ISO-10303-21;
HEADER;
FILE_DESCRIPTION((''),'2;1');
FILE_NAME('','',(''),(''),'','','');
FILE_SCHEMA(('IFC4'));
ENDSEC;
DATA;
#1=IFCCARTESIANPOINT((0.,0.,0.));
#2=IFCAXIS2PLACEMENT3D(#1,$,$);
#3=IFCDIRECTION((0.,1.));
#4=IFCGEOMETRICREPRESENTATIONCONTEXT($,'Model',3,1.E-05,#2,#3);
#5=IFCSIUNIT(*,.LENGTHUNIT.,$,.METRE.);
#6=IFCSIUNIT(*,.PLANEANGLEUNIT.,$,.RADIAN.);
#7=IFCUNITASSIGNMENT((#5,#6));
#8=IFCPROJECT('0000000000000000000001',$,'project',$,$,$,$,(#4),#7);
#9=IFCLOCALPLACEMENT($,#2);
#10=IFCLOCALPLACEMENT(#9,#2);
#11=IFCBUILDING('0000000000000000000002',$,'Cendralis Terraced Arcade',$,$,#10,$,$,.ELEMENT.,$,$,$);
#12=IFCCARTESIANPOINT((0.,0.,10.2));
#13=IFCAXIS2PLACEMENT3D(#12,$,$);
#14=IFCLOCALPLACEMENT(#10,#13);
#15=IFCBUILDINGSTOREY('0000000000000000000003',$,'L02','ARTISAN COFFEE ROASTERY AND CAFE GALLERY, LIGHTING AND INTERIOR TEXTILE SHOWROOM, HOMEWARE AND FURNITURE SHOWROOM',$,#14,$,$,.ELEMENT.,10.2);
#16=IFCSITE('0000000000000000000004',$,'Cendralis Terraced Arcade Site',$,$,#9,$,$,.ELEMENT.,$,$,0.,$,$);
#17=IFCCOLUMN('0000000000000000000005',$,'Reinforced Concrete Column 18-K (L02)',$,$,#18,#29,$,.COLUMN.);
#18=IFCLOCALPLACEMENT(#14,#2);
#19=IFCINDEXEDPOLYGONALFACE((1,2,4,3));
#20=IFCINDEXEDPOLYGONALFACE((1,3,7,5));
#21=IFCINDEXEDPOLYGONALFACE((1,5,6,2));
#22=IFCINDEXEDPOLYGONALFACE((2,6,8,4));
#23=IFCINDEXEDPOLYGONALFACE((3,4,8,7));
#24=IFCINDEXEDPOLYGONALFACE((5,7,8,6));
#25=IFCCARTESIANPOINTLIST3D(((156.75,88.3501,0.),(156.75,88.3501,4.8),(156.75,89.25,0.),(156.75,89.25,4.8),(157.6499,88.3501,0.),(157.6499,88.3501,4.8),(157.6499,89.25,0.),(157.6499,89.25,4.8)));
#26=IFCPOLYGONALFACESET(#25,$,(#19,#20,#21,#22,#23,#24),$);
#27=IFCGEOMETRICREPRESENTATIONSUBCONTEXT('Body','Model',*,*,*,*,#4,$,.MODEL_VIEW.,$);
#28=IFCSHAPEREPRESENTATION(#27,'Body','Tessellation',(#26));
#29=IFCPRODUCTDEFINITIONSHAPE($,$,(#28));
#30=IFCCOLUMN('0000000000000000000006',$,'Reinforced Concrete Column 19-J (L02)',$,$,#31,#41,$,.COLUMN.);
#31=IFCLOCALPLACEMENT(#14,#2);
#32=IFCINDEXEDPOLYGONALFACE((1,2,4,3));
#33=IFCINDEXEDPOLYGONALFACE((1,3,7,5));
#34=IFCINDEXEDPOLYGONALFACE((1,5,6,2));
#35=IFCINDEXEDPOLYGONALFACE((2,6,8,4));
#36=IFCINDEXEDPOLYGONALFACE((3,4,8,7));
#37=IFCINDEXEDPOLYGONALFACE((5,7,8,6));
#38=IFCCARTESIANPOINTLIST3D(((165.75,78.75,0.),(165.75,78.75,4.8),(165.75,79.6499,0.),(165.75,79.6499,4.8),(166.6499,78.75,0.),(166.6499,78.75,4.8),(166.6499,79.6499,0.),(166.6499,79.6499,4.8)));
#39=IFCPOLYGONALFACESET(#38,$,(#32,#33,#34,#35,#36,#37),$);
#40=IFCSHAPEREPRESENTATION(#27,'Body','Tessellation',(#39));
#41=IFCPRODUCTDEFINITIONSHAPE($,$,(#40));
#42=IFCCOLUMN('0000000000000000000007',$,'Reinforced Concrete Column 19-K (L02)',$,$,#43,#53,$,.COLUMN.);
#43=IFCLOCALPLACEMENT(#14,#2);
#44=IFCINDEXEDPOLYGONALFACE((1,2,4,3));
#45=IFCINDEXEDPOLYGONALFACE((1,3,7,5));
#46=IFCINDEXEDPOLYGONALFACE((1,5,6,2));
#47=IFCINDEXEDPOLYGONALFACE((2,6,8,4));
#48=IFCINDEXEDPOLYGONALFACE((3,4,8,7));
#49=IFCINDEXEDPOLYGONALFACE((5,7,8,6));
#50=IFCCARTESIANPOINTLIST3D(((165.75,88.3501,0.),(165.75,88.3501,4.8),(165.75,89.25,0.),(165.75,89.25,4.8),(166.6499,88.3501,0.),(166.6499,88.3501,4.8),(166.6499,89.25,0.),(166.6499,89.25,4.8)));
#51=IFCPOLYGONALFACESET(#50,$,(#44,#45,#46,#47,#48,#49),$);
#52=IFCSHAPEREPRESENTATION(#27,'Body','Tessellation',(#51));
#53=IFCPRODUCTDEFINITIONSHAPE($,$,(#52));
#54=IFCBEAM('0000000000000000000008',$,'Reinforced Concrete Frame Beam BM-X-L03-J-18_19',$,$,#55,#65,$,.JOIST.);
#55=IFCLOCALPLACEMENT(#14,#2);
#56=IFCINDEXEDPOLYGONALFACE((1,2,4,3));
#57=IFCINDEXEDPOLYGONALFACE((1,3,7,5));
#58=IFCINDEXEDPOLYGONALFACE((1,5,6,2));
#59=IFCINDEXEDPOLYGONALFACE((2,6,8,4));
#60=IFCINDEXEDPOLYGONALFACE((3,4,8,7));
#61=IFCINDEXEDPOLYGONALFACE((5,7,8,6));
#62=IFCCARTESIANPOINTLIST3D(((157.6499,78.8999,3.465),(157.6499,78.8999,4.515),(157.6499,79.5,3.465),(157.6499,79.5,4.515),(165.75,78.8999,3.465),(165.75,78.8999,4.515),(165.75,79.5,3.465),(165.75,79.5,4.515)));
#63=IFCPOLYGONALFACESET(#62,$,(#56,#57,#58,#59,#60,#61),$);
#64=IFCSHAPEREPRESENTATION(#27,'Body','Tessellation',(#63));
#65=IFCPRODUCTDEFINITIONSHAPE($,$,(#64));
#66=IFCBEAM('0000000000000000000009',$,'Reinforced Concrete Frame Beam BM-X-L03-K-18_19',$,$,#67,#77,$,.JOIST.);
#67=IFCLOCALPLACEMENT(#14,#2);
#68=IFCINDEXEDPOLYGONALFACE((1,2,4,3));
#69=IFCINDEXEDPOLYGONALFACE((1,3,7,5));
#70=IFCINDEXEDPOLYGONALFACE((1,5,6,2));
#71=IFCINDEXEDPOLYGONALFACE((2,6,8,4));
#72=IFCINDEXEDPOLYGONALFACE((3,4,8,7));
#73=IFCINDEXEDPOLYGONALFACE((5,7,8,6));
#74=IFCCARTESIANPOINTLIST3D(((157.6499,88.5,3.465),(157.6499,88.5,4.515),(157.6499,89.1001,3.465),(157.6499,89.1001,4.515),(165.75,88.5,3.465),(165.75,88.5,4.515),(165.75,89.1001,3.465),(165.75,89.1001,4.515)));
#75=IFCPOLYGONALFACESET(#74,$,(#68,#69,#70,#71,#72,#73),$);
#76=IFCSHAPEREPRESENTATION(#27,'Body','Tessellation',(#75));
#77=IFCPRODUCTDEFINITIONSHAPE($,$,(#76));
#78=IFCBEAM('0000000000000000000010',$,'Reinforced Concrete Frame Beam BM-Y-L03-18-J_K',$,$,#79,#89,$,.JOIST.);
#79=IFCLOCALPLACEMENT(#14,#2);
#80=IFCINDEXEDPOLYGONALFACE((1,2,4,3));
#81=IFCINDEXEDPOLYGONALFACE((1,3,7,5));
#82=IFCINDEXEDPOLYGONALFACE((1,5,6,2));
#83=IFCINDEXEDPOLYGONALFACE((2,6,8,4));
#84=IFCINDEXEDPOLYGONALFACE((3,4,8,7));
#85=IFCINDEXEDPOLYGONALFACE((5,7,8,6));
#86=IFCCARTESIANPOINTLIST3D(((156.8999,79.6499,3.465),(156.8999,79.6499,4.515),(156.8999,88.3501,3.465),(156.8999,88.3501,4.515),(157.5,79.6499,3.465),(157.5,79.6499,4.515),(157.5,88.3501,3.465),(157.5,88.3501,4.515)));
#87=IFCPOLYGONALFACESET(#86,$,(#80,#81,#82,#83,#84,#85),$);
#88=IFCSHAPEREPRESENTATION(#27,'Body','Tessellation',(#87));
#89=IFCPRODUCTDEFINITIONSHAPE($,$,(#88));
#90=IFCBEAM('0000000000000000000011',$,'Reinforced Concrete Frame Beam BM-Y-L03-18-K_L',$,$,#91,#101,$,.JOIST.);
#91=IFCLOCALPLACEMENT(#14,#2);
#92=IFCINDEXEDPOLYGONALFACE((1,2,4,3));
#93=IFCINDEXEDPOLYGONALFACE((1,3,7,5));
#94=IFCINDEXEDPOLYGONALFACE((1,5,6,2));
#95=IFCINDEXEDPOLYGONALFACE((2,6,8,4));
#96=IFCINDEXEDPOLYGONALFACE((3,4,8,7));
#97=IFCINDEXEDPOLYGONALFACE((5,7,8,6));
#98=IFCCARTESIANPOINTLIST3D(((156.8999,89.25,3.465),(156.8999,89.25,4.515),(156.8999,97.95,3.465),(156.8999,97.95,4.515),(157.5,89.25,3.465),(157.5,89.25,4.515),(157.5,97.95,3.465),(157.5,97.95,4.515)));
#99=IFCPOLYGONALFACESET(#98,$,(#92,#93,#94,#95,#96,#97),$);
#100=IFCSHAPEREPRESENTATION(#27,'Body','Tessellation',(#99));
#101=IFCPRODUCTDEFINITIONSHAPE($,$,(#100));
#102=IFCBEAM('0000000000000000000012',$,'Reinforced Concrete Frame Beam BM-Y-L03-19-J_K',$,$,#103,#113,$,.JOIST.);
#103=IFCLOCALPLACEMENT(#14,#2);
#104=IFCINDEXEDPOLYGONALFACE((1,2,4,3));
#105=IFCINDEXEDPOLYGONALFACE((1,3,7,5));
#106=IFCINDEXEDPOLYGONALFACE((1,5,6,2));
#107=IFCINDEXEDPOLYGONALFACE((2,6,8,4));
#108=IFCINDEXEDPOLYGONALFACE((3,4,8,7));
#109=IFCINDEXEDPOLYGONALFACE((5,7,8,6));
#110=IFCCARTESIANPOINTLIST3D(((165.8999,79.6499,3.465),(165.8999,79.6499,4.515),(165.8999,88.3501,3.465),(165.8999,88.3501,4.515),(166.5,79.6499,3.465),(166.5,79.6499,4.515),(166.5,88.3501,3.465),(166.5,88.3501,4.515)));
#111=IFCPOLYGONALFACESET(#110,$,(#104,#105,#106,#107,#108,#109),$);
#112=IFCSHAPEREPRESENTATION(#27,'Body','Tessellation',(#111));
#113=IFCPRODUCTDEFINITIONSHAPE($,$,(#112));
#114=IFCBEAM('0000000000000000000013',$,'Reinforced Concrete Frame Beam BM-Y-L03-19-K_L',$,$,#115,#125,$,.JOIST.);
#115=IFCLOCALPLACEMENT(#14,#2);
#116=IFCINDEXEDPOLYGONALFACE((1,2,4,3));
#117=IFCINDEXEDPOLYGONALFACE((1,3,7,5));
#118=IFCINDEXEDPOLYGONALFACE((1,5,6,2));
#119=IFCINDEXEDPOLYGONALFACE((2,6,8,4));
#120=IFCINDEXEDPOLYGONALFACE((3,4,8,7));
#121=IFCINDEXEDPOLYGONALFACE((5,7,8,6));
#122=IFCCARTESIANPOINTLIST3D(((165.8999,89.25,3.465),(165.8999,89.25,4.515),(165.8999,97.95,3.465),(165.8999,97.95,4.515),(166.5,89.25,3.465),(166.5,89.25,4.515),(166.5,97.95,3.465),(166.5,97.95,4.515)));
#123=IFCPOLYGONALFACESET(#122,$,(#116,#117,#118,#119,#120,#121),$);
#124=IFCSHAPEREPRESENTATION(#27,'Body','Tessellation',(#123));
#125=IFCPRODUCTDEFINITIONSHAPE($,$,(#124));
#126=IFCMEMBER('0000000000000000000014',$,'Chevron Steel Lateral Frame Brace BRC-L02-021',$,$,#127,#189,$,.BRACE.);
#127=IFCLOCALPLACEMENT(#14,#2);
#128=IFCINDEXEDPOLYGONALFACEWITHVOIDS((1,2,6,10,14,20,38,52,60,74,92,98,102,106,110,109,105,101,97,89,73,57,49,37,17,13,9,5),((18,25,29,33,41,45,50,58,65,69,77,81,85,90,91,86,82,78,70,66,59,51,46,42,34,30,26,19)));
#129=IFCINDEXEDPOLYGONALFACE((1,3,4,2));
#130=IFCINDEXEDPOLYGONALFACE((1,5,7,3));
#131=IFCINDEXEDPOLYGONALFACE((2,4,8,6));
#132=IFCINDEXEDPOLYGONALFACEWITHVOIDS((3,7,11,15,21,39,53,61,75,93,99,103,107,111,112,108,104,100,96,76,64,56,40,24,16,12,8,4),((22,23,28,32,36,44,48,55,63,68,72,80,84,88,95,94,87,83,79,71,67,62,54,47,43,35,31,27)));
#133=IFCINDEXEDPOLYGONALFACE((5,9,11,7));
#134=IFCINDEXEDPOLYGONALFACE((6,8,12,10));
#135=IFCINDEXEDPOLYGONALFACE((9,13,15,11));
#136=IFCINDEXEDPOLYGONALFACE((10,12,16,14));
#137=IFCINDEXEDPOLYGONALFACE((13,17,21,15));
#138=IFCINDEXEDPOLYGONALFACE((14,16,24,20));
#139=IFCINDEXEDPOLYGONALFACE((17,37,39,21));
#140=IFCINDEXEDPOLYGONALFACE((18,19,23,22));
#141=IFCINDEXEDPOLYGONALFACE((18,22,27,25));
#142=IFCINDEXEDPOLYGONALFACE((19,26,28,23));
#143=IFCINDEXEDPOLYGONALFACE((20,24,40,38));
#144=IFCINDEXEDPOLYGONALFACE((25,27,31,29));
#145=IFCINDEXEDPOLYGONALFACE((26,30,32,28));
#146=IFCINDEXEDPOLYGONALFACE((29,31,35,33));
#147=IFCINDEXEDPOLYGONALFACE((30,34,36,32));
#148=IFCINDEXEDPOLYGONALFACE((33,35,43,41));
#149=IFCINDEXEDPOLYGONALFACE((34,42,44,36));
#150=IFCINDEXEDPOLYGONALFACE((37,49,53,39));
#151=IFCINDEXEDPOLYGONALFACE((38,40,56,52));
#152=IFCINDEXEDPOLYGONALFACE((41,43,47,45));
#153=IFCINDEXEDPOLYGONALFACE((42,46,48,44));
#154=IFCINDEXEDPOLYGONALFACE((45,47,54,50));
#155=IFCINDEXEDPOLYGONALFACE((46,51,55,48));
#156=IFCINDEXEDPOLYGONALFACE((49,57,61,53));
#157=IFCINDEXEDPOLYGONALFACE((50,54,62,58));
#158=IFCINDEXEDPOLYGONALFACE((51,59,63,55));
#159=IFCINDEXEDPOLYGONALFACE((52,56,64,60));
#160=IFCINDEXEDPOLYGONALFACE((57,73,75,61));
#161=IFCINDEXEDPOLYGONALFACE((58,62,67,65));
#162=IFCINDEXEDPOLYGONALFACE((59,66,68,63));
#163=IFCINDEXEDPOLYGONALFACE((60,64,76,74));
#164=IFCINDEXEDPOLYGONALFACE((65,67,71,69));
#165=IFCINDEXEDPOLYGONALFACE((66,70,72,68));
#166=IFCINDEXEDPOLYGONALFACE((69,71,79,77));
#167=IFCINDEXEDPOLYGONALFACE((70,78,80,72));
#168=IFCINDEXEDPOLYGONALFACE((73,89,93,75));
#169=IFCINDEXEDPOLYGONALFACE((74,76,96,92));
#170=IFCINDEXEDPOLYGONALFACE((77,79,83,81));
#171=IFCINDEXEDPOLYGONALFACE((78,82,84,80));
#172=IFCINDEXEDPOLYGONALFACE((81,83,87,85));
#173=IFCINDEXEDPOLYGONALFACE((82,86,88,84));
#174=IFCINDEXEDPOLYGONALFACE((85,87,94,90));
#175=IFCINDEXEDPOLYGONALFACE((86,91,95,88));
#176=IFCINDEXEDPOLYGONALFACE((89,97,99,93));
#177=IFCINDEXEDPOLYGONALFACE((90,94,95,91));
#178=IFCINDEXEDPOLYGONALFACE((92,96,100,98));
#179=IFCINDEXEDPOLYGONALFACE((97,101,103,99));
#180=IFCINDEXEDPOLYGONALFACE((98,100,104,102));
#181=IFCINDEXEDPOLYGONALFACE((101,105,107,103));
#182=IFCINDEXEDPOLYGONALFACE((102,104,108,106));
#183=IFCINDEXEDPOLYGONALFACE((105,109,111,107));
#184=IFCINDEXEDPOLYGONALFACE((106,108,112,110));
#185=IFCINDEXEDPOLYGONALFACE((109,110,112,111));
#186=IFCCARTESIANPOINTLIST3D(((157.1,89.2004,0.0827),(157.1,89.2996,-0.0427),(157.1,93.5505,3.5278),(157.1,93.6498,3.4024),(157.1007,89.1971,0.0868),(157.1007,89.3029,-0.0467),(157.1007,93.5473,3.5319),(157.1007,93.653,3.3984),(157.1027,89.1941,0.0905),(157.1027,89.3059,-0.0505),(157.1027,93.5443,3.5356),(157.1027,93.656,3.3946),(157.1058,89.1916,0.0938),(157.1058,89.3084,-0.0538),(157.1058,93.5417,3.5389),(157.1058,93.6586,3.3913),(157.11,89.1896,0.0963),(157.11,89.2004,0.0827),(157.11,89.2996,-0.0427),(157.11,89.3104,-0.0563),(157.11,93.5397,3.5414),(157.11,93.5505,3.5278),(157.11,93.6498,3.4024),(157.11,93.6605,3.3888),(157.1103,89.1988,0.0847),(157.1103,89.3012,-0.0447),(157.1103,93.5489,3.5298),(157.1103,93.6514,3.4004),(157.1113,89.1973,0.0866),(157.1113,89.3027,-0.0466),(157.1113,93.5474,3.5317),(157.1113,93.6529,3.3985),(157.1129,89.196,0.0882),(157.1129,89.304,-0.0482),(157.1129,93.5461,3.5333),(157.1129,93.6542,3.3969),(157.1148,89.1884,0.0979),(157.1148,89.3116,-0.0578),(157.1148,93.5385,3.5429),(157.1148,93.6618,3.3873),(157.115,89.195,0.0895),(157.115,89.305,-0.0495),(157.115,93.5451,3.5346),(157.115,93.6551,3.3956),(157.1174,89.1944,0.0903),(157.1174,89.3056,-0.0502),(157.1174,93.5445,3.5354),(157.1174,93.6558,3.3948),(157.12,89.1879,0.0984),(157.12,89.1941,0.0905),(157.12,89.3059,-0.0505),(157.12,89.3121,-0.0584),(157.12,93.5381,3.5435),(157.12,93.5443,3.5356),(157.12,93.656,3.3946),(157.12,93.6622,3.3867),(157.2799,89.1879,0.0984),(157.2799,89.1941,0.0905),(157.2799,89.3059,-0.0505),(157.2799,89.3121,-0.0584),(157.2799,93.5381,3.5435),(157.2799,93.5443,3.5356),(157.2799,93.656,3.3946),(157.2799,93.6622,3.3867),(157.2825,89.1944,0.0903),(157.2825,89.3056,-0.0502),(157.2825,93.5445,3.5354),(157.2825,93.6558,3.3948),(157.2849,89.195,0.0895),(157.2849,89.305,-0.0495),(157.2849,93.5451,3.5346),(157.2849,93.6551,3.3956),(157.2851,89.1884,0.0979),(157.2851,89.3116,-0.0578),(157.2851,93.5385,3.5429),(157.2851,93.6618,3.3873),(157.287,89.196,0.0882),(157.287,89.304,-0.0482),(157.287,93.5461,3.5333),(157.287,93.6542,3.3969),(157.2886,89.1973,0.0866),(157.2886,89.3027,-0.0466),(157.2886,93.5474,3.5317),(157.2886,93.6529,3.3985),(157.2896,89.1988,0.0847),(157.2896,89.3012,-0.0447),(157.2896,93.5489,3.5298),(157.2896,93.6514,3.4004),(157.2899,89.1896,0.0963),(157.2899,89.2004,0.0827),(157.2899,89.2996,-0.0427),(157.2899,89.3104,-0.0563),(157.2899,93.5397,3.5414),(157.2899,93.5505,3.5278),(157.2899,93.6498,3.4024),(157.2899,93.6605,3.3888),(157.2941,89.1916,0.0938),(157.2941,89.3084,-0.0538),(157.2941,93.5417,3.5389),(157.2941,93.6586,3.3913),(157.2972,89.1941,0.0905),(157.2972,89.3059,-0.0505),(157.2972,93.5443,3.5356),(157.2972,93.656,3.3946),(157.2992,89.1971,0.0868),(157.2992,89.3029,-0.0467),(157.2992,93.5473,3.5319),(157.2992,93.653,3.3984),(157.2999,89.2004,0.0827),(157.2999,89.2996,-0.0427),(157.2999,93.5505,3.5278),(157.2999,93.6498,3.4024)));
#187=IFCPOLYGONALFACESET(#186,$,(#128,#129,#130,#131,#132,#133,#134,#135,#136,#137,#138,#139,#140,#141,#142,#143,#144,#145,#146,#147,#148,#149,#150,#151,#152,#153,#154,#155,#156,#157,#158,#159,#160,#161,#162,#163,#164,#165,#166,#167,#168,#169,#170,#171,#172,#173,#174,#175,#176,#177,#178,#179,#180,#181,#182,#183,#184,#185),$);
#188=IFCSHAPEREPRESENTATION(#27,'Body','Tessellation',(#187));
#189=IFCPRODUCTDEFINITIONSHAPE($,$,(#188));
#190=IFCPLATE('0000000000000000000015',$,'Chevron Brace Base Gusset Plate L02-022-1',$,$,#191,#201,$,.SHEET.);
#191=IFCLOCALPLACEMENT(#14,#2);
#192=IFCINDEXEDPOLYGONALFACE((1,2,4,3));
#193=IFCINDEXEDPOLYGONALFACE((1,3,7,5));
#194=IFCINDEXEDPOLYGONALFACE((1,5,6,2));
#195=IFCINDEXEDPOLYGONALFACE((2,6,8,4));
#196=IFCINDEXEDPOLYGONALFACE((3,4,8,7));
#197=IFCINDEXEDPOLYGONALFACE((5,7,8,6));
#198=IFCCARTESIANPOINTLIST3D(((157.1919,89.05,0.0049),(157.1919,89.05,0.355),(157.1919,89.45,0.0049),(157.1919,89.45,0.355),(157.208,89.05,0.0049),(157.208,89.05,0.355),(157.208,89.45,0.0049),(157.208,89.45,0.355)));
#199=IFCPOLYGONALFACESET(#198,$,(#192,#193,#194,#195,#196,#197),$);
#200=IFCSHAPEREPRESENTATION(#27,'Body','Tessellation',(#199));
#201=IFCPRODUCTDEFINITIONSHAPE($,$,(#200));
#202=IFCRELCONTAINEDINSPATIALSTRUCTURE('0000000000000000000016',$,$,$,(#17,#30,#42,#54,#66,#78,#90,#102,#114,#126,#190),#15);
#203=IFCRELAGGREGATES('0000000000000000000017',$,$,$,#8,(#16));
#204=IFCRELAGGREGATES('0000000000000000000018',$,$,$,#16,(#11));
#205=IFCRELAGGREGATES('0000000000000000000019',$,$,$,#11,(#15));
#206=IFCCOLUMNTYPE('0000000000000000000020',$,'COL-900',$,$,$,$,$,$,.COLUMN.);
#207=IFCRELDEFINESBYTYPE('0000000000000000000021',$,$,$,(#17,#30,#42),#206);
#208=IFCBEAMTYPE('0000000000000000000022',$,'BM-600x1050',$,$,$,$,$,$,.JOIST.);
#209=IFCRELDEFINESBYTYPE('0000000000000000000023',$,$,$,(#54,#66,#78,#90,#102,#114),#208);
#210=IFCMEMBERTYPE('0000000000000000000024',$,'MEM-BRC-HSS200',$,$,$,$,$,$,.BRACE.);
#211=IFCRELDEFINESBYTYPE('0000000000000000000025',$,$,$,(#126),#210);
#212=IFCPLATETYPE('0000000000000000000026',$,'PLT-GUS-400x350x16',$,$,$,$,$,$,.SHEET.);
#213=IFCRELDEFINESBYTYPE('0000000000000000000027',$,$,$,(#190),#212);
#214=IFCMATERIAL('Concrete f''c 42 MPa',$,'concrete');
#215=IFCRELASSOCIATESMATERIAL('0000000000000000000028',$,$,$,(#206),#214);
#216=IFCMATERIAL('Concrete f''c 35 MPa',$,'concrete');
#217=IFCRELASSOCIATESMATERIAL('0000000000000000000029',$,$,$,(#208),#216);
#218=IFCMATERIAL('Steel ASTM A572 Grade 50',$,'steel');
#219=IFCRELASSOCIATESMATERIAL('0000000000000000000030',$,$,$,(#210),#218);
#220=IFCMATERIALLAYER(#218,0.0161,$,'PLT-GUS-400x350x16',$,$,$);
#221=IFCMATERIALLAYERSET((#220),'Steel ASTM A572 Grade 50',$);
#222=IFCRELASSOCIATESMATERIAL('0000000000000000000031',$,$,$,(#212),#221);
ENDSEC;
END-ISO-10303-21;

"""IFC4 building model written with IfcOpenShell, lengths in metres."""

from ifc_helpers import new_model, si_unit, direction, frame, origin, origin_2d, place, context, subcontext, project, spatial, rectangle, hollow_rectangle, extrude, material, layer, layer_set, material_profile, profile_set, type_object, element, save


model = new_model("IFC4")

# Units and contexts
model_context = context("Model", 3, precision=1e-05, world=origin(), true_north=direction((0.0, 1.0)))
body_context = subcontext(model_context, "Body", "Model", "MODEL_VIEW")
ifc_project = project(units=[si_unit("LENGTHUNIT", "METRE"), si_unit("PLANEANGLEUNIT", "RADIAN")], contexts=[model_context])

# Site, building, storey
site_placement = place(None, origin())
site = spatial("IfcSite", under=ifc_project, at=site_placement, Name="Cendralis Terraced Arcade Site", CompositionType="ELEMENT", RefElevation=0.0)
building_placement = place(site_placement, origin())
building = spatial("IfcBuilding", under=site, at=building_placement, Name="Cendralis Terraced Arcade", CompositionType="ELEMENT")
storey_placement = place(building_placement, frame((0.0, 0.0, 10.2)))
storey = spatial("IfcBuildingStorey", under=building, at=storey_placement, Name="L02", Description="ARTISAN COFFEE ROASTERY AND CAFE GALLERY, LIGHTING AND INTERIOR TEXTILE SHOWROOM, HOMEWARE AND FURNITURE SHOWROOM", CompositionType="ELEMENT", Elevation=10.2)

# Columns
ifc_material_1 = material(Name="Concrete f'c 42 MPa", Category="concrete")
ifc_material_profile_1 = material_profile(ifc_material_1, rectangle(XDim=0.8999, YDim=0.8999, at=origin_2d()), Name="RC-COL-900x900", Category="LoadBearing")
ifc_profile_set_1 = profile_set([ifc_material_profile_1], Name="Concrete f'c 42 MPa")
column_type = type_object("IfcColumnType", Name="COL-900", PredefinedType="COLUMN", material=ifc_profile_set_1)
for number, where, z_axis, x_axis, name in (
    (1, (157.2, 88.8, 0.0), (0.0, 0.0, 1.0), (1.0, 0.0, 0.0), "Reinforced Concrete Column 18-K (L02)"),
    (2, (166.2, 79.2, 0.0), (0.0, 0.0, 1.0), (1.0, 0.0, 0.0), "Reinforced Concrete Column 19-J (L02)"),
    (3, (166.2, 88.8, 0.0), (0.0, 0.0, 1.0), (1.0, 0.0, 0.0), "Reinforced Concrete Column 19-K (L02)"),
):
    element("IfcColumn", number, at=place(storey_placement, frame(where, z_axis=z_axis, x_axis=x_axis)), inside=storey, type_object=column_type, Name=name, PredefinedType="COLUMN", context=body_context, shape_type="SweptSolid", body=[
        extrude(rectangle(XDim=0.8999, YDim=0.8999, at=origin_2d()), origin(), (0.0, 0.0, 1.0), 4.8),
    ])

# Beams
ifc_material_2 = material(Name="Concrete f'c 35 MPa", Category="concrete")
ifc_material_profile_2 = material_profile(ifc_material_2, rectangle(XDim=0.6001, YDim=1.05, at=origin_2d()), Name="RC-BM-600x1050", Category="LoadBearing")
ifc_profile_set_2 = profile_set([ifc_material_profile_2], Name="Concrete f'c 35 MPa")
beam_type = type_object("IfcBeamType", Name="BM-600x1050", PredefinedType="JOIST", material=ifc_profile_set_2)
for number, where, z_axis, x_axis, name in (
    (4, (157.6499, 79.2, 3.99), (1.0, 0.0, 0.0), (0.0, 1.0, 0.0), "Reinforced Concrete Frame Beam BM-X-L03-J-18_19"),
    (5, (157.6499, 88.8, 3.99), (1.0, 0.0, 0.0), (0.0, 1.0, 0.0), "Reinforced Concrete Frame Beam BM-X-L03-K-18_19"),
):
    element("IfcBeam", number, at=place(storey_placement, frame(where, z_axis=z_axis, x_axis=x_axis)), inside=storey, type_object=beam_type, Name=name, PredefinedType="JOIST", context=body_context, shape_type="SweptSolid", body=[
        extrude(rectangle(XDim=0.6001, YDim=1.05, at=origin_2d()), origin(), (0.0, 0.0, 1.0), 8.1001),
    ])
beam_1_placement = place(storey_placement, frame((157.2, 79.6499, 3.99), z_axis=(0.0, 1.0, 0.0), x_axis=(-1.0, 0.0, 0.0)))
element("IfcBeam", 6, at=beam_1_placement, inside=storey, type_object=beam_type, Name="Reinforced Concrete Frame Beam BM-Y-L03-18-J_K", PredefinedType="JOIST", context=body_context, shape_type="SweptSolid", body=[
    extrude(rectangle(XDim=0.6001, YDim=1.05, at=origin_2d()), origin(), (0.0, 0.0, 1.0), 8.7002),
])
beam_2_placement = place(storey_placement, frame((157.2, 89.25, 3.99), z_axis=(0.0, 1.0, 0.0), x_axis=(-1.0, 0.0, 0.0)))
element("IfcBeam", 7, at=beam_2_placement, inside=storey, type_object=beam_type, Name="Reinforced Concrete Frame Beam BM-Y-L03-18-K_L", PredefinedType="JOIST", context=body_context, shape_type="SweptSolid", body=[
    extrude(rectangle(XDim=0.6001, YDim=1.05, at=origin_2d()), origin(), (0.0, 0.0, 1.0), 8.7),
])
beam_3_placement = place(storey_placement, frame((166.2, 79.6499, 3.99), z_axis=(0.0, 1.0, 0.0), x_axis=(-1.0, 0.0, 0.0)))
element("IfcBeam", 8, at=beam_3_placement, inside=storey, type_object=beam_type, Name="Reinforced Concrete Frame Beam BM-Y-L03-19-J_K", PredefinedType="JOIST", context=body_context, shape_type="SweptSolid", body=[
    extrude(rectangle(XDim=0.6001, YDim=1.05, at=origin_2d()), origin(), (0.0, 0.0, 1.0), 8.7002),
])
beam_4_placement = place(storey_placement, frame((166.2, 89.25, 3.99), z_axis=(0.0, 1.0, 0.0), x_axis=(-1.0, 0.0, 0.0)))
element("IfcBeam", 9, at=beam_4_placement, inside=storey, type_object=beam_type, Name="Reinforced Concrete Frame Beam BM-Y-L03-19-K_L", PredefinedType="JOIST", context=body_context, shape_type="SweptSolid", body=[
    extrude(rectangle(XDim=0.6001, YDim=1.05, at=origin_2d()), origin(), (0.0, 0.0, 1.0), 8.7),
])

# Member
ifc_material_3 = material(Name="Steel ASTM A572 Grade 50", Category="steel")
ifc_material_profile_3 = material_profile(ifc_material_3, hollow_rectangle(XDim=0.2, YDim=0.2, WallThickness=0.01, InnerFilletRadius=0.01, OuterFilletRadius=0.02, at=origin_2d()), Name="HSS200X200X10", Category="LoadBearing")
ifc_profile_set_3 = profile_set([ifc_material_profile_3], Name="Steel ASTM A572 Grade 50")
member_type = type_object("IfcMemberType", Name="MEM-BRC-HSS200", PredefinedType="BRACE", material=ifc_profile_set_3)
member_placement = place(storey_placement, frame((157.2, 89.25, 0.02), z_axis=(0.0, 0.783937, 0.62084), x_axis=(-1.0, 0.0, 0.0)))
element("IfcMember", 10, at=member_placement, inside=storey, type_object=member_type, Name="Chevron Steel Lateral Frame Brace BRC-L02-021", PredefinedType="BRACE", context=body_context, shape_type="SweptSolid", body=[
    extrude(hollow_rectangle(XDim=0.2, YDim=0.2, WallThickness=0.01, InnerFilletRadius=0.01, OuterFilletRadius=0.02, at=origin_2d()), origin(), (0.0, 0.0, 1.0), 5.5491),
])

# Plate
ifc_layer_1 = layer(ifc_material_3, 0.0161, Name="PLT-GUS-400x350x16")
ifc_layer_set_1 = layer_set([ifc_layer_1], Name="Steel ASTM A572 Grade 50")
plate_type = type_object("IfcPlateType", Name="PLT-GUS-400x350x16", PredefinedType="SHEET", material=ifc_layer_set_1)
plate_placement = place(storey_placement, frame((157.2, 89.25, 0.0049), z_axis=(0.0, 0.0, 1.0), x_axis=(0.0, 1.0, 0.0)))
element("IfcPlate", 11, at=plate_placement, inside=storey, type_object=plate_type, Name="Chevron Brace Base Gusset Plate L02-022-1", PredefinedType="SHEET", context=body_context, shape_type="SweptSolid", body=[
    extrude(rectangle(XDim=0.3999, YDim=0.0161, at=origin_2d()), origin(), (0.0, 0.0, 1.0), 0.3501),
])

save(model, "model.ifc")
